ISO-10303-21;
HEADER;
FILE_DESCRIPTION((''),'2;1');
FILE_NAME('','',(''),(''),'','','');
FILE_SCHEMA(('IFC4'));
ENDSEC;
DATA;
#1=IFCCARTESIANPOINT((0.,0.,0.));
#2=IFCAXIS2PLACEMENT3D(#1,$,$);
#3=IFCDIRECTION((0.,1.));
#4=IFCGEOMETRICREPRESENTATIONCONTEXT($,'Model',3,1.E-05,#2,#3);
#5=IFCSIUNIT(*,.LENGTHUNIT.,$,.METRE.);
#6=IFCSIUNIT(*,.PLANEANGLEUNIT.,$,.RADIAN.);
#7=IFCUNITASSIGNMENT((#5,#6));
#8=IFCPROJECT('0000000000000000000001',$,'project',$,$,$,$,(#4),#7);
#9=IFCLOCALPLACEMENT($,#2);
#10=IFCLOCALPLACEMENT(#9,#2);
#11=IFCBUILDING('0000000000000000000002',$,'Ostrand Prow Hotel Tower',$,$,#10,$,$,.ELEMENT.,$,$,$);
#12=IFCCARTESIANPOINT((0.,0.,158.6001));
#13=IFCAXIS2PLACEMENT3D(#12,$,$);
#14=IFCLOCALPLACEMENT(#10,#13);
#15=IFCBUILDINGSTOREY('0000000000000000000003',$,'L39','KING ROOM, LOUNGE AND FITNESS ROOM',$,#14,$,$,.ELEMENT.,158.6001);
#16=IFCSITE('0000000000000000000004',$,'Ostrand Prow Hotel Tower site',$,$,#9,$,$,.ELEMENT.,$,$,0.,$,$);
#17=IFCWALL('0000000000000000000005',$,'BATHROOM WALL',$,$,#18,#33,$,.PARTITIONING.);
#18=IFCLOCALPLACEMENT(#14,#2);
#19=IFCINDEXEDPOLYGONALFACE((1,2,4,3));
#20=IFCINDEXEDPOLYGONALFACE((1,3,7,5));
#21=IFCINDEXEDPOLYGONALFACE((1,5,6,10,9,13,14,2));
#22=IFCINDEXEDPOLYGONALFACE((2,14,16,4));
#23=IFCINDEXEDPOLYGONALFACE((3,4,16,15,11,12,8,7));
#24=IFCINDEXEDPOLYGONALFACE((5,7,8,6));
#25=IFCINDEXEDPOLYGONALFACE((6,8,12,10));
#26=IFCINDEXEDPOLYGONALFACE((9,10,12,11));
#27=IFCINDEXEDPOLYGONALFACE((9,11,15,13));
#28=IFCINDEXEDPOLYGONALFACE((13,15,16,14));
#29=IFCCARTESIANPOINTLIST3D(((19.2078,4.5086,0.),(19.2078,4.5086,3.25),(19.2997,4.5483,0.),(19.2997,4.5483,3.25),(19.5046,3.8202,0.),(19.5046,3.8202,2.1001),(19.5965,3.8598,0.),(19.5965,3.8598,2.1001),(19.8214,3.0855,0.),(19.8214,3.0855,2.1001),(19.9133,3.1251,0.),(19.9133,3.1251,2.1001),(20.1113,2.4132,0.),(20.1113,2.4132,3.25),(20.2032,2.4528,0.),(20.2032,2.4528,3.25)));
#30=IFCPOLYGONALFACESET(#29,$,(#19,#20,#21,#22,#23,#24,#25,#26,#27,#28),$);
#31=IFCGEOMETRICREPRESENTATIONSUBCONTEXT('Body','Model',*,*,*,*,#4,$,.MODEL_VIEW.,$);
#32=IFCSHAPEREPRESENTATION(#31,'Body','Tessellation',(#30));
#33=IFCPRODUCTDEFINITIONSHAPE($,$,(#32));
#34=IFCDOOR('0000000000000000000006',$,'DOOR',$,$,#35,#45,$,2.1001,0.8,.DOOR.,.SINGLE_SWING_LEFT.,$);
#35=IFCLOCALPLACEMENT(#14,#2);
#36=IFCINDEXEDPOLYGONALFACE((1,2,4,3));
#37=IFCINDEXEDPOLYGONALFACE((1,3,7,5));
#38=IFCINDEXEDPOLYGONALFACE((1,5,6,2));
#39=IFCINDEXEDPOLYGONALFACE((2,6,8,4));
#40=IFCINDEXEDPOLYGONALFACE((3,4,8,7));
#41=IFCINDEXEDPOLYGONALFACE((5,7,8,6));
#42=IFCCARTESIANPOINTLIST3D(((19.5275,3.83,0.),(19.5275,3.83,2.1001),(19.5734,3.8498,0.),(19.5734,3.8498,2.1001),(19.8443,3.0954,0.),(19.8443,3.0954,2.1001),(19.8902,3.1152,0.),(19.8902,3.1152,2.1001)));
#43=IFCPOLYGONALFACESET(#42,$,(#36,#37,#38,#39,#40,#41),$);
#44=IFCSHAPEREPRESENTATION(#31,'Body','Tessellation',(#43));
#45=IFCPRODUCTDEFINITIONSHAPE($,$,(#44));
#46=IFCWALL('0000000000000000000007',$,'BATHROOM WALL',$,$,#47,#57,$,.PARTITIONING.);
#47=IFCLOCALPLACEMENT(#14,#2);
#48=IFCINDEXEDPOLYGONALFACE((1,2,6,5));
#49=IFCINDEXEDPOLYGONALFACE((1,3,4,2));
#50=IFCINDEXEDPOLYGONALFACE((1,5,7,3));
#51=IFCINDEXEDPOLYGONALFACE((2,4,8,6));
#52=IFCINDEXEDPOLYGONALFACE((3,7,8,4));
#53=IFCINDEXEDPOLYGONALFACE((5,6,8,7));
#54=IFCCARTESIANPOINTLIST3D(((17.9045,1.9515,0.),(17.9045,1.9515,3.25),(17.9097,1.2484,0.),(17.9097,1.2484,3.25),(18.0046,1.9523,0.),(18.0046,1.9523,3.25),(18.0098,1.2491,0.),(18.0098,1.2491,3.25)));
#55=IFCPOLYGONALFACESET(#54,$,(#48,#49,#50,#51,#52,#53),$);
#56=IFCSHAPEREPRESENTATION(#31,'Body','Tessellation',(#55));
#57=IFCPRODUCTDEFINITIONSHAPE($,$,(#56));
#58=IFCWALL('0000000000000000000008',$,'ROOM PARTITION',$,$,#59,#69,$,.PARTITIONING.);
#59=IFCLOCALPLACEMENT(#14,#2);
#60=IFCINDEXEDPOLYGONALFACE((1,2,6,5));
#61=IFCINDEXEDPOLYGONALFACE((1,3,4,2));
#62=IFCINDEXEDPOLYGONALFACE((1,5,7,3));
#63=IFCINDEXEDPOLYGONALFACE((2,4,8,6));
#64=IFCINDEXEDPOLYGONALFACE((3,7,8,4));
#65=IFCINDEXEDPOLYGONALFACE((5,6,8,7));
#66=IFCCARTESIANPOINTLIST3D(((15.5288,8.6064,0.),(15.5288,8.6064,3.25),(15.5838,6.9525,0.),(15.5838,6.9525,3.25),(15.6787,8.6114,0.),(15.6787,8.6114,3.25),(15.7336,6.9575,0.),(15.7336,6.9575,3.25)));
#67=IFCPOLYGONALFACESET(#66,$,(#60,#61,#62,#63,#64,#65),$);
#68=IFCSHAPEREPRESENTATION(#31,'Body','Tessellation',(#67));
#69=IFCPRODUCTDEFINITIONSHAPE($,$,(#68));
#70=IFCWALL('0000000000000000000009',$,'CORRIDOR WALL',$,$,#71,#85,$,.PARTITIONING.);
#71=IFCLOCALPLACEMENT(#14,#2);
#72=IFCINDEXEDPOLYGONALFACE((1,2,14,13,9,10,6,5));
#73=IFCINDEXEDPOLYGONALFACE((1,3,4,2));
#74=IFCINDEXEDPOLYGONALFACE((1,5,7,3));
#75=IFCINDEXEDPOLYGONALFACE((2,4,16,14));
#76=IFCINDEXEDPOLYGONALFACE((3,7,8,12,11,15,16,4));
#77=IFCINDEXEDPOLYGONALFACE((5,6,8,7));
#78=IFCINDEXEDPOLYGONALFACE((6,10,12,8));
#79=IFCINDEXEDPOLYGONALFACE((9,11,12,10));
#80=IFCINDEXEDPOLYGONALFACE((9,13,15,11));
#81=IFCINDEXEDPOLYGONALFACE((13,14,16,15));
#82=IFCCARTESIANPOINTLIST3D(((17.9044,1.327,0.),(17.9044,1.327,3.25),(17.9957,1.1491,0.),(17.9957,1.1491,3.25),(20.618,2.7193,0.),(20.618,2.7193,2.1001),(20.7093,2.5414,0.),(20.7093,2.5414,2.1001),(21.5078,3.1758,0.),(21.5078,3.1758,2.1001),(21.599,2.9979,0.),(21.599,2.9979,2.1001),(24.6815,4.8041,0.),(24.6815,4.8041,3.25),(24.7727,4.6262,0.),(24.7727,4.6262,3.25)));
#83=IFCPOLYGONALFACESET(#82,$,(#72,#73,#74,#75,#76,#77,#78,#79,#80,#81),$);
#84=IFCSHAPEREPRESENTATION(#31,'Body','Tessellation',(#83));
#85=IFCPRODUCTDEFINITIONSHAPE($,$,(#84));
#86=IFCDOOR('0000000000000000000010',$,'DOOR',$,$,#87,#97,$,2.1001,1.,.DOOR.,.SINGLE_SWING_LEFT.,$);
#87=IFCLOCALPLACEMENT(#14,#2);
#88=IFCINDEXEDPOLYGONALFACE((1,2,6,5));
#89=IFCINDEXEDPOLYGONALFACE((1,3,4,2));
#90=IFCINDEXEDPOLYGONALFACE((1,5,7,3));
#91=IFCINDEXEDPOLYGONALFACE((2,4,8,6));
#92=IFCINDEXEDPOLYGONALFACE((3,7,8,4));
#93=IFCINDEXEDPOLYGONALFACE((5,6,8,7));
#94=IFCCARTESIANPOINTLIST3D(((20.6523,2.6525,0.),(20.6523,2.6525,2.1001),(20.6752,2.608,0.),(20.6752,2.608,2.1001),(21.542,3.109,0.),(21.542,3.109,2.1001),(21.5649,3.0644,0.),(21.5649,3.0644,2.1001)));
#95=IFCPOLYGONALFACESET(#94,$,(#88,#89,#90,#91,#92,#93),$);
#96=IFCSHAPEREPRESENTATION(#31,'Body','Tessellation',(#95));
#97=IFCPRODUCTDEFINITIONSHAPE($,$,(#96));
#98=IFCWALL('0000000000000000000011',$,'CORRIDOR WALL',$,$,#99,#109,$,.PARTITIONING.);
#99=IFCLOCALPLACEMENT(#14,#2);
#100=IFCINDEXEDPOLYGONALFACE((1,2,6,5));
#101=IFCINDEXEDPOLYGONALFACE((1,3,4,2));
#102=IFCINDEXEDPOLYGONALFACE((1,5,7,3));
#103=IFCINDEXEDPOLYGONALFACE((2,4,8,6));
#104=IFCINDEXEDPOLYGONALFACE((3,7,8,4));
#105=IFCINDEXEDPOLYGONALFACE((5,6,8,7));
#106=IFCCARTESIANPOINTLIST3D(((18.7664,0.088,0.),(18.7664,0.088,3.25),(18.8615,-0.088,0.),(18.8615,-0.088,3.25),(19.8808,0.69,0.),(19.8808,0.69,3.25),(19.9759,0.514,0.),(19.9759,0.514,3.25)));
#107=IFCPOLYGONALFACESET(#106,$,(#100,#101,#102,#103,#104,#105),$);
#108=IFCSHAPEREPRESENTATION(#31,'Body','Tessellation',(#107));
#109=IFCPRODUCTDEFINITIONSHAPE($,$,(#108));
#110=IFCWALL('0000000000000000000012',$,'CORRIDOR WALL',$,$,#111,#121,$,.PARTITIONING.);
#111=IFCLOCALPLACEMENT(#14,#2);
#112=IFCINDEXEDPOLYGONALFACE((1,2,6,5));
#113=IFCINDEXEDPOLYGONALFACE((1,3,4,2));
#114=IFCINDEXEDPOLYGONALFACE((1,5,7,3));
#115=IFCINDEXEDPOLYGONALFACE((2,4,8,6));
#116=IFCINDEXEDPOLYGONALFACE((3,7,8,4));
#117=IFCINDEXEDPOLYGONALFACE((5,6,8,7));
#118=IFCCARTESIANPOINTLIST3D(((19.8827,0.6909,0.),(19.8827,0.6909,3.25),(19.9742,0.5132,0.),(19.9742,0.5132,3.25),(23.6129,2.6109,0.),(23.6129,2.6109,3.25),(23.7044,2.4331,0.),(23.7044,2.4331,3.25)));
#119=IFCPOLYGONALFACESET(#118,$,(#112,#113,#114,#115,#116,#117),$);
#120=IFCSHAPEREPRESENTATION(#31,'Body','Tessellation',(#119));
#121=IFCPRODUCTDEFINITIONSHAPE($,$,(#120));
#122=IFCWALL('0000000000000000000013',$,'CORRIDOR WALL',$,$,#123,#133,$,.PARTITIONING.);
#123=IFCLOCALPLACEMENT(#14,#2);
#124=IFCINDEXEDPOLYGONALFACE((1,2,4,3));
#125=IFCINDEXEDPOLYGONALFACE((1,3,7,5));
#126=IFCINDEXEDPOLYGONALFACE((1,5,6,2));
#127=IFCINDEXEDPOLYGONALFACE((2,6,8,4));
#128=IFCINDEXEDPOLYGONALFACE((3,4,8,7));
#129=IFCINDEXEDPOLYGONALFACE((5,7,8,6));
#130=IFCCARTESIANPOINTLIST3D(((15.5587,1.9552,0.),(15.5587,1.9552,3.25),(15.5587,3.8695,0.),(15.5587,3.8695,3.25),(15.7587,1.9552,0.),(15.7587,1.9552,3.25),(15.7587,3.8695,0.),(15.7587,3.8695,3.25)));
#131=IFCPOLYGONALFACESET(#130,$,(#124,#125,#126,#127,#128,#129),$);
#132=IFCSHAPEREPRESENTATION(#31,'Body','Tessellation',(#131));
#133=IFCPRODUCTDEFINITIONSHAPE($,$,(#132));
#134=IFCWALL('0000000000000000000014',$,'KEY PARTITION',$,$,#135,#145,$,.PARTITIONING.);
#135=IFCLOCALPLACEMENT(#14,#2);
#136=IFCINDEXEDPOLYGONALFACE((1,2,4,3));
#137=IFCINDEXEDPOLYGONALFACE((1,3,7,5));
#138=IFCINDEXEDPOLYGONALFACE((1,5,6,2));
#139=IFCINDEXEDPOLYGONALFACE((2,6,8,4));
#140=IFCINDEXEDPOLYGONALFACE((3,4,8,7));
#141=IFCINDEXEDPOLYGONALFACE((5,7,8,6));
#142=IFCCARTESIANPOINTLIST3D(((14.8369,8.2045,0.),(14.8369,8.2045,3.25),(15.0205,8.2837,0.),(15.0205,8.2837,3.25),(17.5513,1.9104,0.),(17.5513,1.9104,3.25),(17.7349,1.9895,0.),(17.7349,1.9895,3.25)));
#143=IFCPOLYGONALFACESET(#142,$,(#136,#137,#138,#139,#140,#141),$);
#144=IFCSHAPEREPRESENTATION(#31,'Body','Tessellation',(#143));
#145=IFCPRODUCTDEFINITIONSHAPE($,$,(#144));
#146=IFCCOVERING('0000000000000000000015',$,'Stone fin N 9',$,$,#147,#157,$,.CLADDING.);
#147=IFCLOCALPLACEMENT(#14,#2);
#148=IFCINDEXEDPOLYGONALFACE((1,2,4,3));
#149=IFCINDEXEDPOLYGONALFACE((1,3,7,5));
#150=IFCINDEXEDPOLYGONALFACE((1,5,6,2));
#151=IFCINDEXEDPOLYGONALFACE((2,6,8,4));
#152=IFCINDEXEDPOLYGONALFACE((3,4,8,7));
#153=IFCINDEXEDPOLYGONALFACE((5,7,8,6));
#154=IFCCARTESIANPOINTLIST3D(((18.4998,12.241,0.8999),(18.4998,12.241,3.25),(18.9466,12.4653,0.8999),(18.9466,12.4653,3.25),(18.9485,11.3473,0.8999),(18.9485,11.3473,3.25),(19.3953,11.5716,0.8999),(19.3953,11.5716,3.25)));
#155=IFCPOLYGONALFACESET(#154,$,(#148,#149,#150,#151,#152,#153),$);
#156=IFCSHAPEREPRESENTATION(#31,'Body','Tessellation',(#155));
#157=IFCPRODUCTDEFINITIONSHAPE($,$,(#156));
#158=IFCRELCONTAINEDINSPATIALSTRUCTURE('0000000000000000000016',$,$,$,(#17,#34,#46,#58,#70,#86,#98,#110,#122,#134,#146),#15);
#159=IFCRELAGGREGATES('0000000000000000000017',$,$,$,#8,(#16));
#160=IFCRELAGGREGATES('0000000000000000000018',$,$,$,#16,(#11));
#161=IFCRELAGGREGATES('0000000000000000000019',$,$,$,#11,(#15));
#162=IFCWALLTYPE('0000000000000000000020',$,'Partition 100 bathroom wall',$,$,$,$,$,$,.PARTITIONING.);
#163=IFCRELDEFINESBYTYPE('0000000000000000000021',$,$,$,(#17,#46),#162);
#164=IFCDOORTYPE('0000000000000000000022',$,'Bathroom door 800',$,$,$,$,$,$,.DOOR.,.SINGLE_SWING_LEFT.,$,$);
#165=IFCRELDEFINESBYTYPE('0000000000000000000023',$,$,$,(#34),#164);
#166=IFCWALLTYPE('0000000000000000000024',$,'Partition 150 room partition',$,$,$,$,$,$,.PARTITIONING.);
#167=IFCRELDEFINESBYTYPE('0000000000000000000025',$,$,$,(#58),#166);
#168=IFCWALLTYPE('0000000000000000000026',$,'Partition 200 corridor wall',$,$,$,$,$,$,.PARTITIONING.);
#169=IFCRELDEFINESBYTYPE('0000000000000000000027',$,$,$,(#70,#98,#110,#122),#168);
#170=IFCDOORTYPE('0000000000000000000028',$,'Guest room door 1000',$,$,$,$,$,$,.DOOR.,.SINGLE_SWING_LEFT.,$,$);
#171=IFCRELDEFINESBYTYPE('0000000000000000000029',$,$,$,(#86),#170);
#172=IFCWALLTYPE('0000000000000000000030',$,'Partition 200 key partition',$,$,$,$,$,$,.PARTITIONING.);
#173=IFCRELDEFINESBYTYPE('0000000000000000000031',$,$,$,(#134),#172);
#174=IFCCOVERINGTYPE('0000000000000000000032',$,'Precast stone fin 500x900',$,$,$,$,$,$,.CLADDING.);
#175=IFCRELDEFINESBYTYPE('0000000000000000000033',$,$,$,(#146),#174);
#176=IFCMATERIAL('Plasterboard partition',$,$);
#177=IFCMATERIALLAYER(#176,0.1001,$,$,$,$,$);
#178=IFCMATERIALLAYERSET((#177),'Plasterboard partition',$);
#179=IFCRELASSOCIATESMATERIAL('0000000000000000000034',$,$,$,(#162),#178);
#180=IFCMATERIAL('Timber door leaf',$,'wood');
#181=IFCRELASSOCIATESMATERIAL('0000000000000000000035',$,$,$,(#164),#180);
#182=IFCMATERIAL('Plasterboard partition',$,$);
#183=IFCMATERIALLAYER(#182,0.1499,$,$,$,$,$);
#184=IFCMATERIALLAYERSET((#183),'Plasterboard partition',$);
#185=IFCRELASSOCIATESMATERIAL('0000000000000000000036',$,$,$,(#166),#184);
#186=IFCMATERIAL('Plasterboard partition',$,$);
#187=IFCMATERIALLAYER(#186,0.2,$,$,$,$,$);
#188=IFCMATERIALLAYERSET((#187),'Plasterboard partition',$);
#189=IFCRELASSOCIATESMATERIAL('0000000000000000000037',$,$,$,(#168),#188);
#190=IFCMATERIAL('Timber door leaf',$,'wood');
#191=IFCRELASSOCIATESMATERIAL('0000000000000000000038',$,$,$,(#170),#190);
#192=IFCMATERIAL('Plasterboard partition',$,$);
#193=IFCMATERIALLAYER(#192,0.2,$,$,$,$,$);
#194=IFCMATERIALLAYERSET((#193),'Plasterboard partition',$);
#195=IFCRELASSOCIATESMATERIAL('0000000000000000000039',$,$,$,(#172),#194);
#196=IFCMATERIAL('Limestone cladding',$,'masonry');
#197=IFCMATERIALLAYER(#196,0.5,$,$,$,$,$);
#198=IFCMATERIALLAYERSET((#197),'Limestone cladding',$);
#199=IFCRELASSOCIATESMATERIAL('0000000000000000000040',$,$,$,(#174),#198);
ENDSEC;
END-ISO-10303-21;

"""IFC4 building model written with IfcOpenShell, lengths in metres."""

from ifc_helpers import new_model, si_unit, direction, frame, frame_2d, origin, place, context, subcontext, project, spatial, rectangle, extrude, material, layer, layer_set, type_object, element, fill, save


model = new_model("IFC4")

# Units and contexts
model_context = context("Model", 3, precision=1e-05, world=origin(), true_north=direction((0.0, 1.0)))
body_context = subcontext(model_context, "Body", "Model", "MODEL_VIEW")
ifc_project = project(units=[si_unit("LENGTHUNIT", "METRE"), si_unit("PLANEANGLEUNIT", "RADIAN")], contexts=[model_context])

# Site, building, storey
site_placement = place(None, origin())
site = spatial("IfcSite", under=ifc_project, at=site_placement, Name="Ostrand Prow Hotel Tower site", CompositionType="ELEMENT", RefElevation=0.0)
building_placement = place(site_placement, origin())
building = spatial("IfcBuilding", under=site, at=building_placement, Name="Ostrand Prow Hotel Tower", CompositionType="ELEMENT")
storey_placement = place(building_placement, frame((0.0, 0.0, 158.6001)))
storey = spatial("IfcBuildingStorey", under=building, at=storey_placement, Name="L39", Description="KING ROOM, LOUNGE AND FITNESS ROOM", CompositionType="ELEMENT", Elevation=158.6001)

# Shared definitions
ifc_material_1 = material(Name="Plasterboard partition")
ifc_layer_1 = layer(ifc_material_1, 0.1001)
ifc_layer_set_1 = layer_set([ifc_layer_1], Name="Plasterboard partition")
wall_type_1 = type_object("IfcWallType", Name="Partition 100 bathroom wall", PredefinedType="PARTITIONING", material=ifc_layer_set_1)

# Wall, opening, door
wall_1_placement = place(storey_placement, frame((19.2537, 4.5286, 0.0), z_axis=(0.0, 0.0, 1.0), x_axis=(0.395958, -0.918268, 0.0)))
wall_1 = element("IfcWall", 1, at=wall_1_placement, inside=storey, type_object=wall_type_1, Name="BATHROOM WALL", PredefinedType="PARTITIONING", context=body_context, shape_type="SweptSolid", body=[
    extrude(rectangle(XDim=2.282, YDim=0.1001, at=frame_2d((1.1411, 0.0))), origin(), (0.0, 0.0, 1.0), 3.25),
])
opening_1_placement = place(wall_1_placement, frame((0.75, 0.0, 0.0)))
opening_1 = element("IfcOpeningElement", 2, at=opening_1_placement, cuts=wall_1, PredefinedType="OPENING", context=body_context, shape_type="SweptSolid", body=[
    extrude(rectangle(XDim=0.8, YDim=2.1001, at=frame_2d((0.3999, 1.05))), frame((0.0, 0.0601, 0.0), z_axis=(0.0, -1.0, 0.0), x_axis=(1.0, 0.0, 0.0)), (0.0, 0.0, 1.0), 0.1201),
])
ifc_material_2 = material(Name="Timber door leaf", Category="wood")
door_type_1 = type_object("IfcDoorType", Name="Bathroom door 800", OperationType="SINGLE_SWING_LEFT", PredefinedType="DOOR", material=ifc_material_2)
door_1_placement = place(opening_1_placement, origin())
door_1 = element("IfcDoor", 3, at=door_1_placement, inside=storey, type_object=door_type_1, Name="DOOR", OperationType="SINGLE_SWING_LEFT", OverallHeight=2.1001, OverallWidth=0.8, PredefinedType="DOOR", context=body_context, shape_type="SweptSolid", body=[
    extrude(rectangle(XDim=0.8, YDim=2.1001, at=frame_2d((0.3999, 1.05))), frame((0.0, 0.0249, 0.0), z_axis=(0.0, -1.0, 0.0), x_axis=(1.0, 0.0, 0.0)), (0.0, 0.0, 1.0), 0.05),
])
fill(opening_1, door_1)

# Walls
wall_2_placement = place(storey_placement, frame((17.9597, 1.2488, 0.0), z_axis=(0.0, 0.0, 1.0), x_axis=(-0.007291, 0.999973, 0.0)))
element("IfcWall", 4, at=wall_2_placement, inside=storey, type_object=wall_type_1, Name="BATHROOM WALL", PredefinedType="PARTITIONING", context=body_context, shape_type="SweptSolid", body=[
    extrude(rectangle(XDim=0.7031, YDim=0.1001, at=frame_2d((0.3516, 0.0))), origin(), (0.0, 0.0, 1.0), 3.25),
])
ifc_material_3 = material(Name="Plasterboard partition")
ifc_layer_2 = layer(ifc_material_3, 0.1499)
ifc_layer_set_2 = layer_set([ifc_layer_2], Name="Plasterboard partition")
wall_type_2 = type_object("IfcWallType", Name="Partition 150 room partition", PredefinedType="PARTITIONING", material=ifc_layer_set_2)
wall_3_placement = place(storey_placement, frame((15.6038, 8.6089, 0.0), z_axis=(0.0, 0.0, 1.0), x_axis=(0.033197, -0.999449, 0.0)))
element("IfcWall", 5, at=wall_3_placement, inside=storey, type_object=wall_type_2, Name="ROOM PARTITION", PredefinedType="PARTITIONING", context=body_context, shape_type="SweptSolid", body=[
    extrude(rectangle(XDim=1.6548, YDim=0.1499, at=frame_2d((0.8274, 0.0))), origin(), (0.0, 0.0, 1.0), 3.25),
])

# Wall, opening, door
ifc_material_4 = material(Name="Plasterboard partition")
ifc_layer_3 = layer(ifc_material_4, 0.2)
ifc_layer_set_3 = layer_set([ifc_layer_3], Name="Plasterboard partition")
wall_type_3 = type_object("IfcWallType", Name="Partition 200 corridor wall", PredefinedType="PARTITIONING", material=ifc_layer_set_3)
wall_4_placement = place(storey_placement, frame((17.95, 1.238, 0.0), z_axis=(0.0, 0.0, 1.0), x_axis=(0.889731, 0.456485, 0.0)))
wall_4 = element("IfcWall", 6, at=wall_4_placement, inside=storey, type_object=wall_type_3, Name="CORRIDOR WALL", PredefinedType="PARTITIONING", context=body_context, shape_type="SweptSolid", body=[
    extrude(rectangle(XDim=7.6169, YDim=0.2, at=frame_2d((3.8086, 0.0))), origin(), (0.0, 0.0, 1.0), 3.25),
])
opening_2_placement = place(wall_4_placement, frame((3.05, 0.0, 0.0)))
opening_2 = element("IfcOpeningElement", 7, at=opening_2_placement, cuts=wall_4, PredefinedType="OPENING", context=body_context, shape_type="SweptSolid", body=[
    extrude(rectangle(XDim=1.0, YDim=2.1001, at=frame_2d((0.5, 1.05))), frame((0.0, 0.1099, 0.0), z_axis=(0.0, -1.0, 0.0), x_axis=(1.0, 0.0, 0.0)), (0.0, 0.0, 1.0), 0.22),
])
ifc_material_5 = material(Name="Timber door leaf", Category="wood")
door_type_2 = type_object("IfcDoorType", Name="Guest room door 1000", OperationType="SINGLE_SWING_LEFT", PredefinedType="DOOR", material=ifc_material_5)
door_2_placement = place(opening_2_placement, origin())
door_2 = element("IfcDoor", 8, at=door_2_placement, inside=storey, type_object=door_type_2, Name="DOOR", OperationType="SINGLE_SWING_LEFT", OverallHeight=2.1001, OverallWidth=1.0, PredefinedType="DOOR", context=body_context, shape_type="SweptSolid", body=[
    extrude(rectangle(XDim=1.0, YDim=2.1001, at=frame_2d((0.5, 1.05))), frame((0.0, 0.0249, 0.0), z_axis=(0.0, -1.0, 0.0), x_axis=(1.0, 0.0, 0.0)), (0.0, 0.0, 1.0), 0.05),
])
fill(opening_2, door_2)

# Walls
wall_5_placement = place(storey_placement, frame((18.814, 0.0, 0.0), z_axis=(0.0, 0.0, 1.0), x_axis=(0.879833, 0.475283, 0.0)))
element("IfcWall", 9, at=wall_5_placement, inside=storey, type_object=wall_type_3, Name="CORRIDOR WALL", PredefinedType="PARTITIONING", context=body_context, shape_type="SweptSolid", body=[
    extrude(rectangle(XDim=1.2666, YDim=0.2, at=frame_2d((0.6333, 0.0))), origin(), (0.0, 0.0, 1.0), 3.25),
])
wall_6_placement = place(storey_placement, frame((19.9285, 0.6021, 0.0), z_axis=(0.0, 0.0, 1.0), x_axis=(0.88914, 0.457635, 0.0)))
element("IfcWall", 10, at=wall_6_placement, inside=storey, type_object=wall_type_3, Name="CORRIDOR WALL", PredefinedType="PARTITIONING", context=body_context, shape_type="SweptSolid", body=[
    extrude(rectangle(XDim=4.1953, YDim=0.2, at=frame_2d((2.0977, 0.0))), origin(), (0.0, 0.0, 1.0), 3.25),
])
wall_7_placement = place(storey_placement, frame((15.6587, 3.8694, 0.0), z_axis=(0.0, 0.0, 1.0), x_axis=(0.0, -1.0, 0.0)))
element("IfcWall", 11, at=wall_7_placement, inside=storey, type_object=wall_type_3, Name="CORRIDOR WALL", PredefinedType="PARTITIONING", context=body_context, shape_type="SweptSolid", body=[
    extrude(rectangle(XDim=1.9143, YDim=0.2, at=frame_2d((0.957, 0.0))), origin(), (0.0, 0.0, 1.0), 3.25),
])
ifc_material_6 = material(Name="Plasterboard partition")
ifc_layer_4 = layer(ifc_material_6, 0.2)
ifc_layer_set_4 = layer_set([ifc_layer_4], Name="Plasterboard partition")
wall_type_4 = type_object("IfcWallType", Name="Partition 200 key partition", PredefinedType="PARTITIONING", material=ifc_layer_set_4)
wall_8_placement = place(storey_placement, frame((17.6431, 1.95, 0.0), z_axis=(0.0, 0.0, 1.0), x_axis=(-0.395995, 0.918253, 0.0)))
element("IfcWall", 12, at=wall_8_placement, inside=storey, type_object=wall_type_4, Name="KEY PARTITION", PredefinedType="PARTITIONING", context=body_context, shape_type="SweptSolid", body=[
    extrude(rectangle(XDim=6.8545, YDim=0.2, at=frame_2d((3.4272, 0.0))), origin(), (0.0, 0.0, 1.0), 3.25),
])

# Covering
ifc_material_7 = material(Name="Limestone cladding", Category="masonry")
ifc_layer_5 = layer(ifc_material_7, 0.5)
ifc_layer_set_5 = layer_set([ifc_layer_5], Name="Limestone cladding")
covering_type = type_object("IfcCoveringType", Name="Precast stone fin 500x900", PredefinedType="CLADDING", material=ifc_layer_set_5)
covering_placement = place(storey_placement, frame((19.1719, 11.4595, 0.8999), z_axis=(0.0, 0.0, 1.0), x_axis=(-0.448678, 0.893694, 0.0)))
element("IfcCovering", 13, at=covering_placement, inside=storey, type_object=covering_type, Name="Stone fin N 9", PredefinedType="CLADDING", context=body_context, shape_type="SweptSolid", body=[
    extrude(rectangle(XDim=1.0, YDim=0.5, at=frame_2d((0.5, 0.0))), origin(), (0.0, 0.0, 1.0), 2.3501),
])

save(model, "model.ifc")
